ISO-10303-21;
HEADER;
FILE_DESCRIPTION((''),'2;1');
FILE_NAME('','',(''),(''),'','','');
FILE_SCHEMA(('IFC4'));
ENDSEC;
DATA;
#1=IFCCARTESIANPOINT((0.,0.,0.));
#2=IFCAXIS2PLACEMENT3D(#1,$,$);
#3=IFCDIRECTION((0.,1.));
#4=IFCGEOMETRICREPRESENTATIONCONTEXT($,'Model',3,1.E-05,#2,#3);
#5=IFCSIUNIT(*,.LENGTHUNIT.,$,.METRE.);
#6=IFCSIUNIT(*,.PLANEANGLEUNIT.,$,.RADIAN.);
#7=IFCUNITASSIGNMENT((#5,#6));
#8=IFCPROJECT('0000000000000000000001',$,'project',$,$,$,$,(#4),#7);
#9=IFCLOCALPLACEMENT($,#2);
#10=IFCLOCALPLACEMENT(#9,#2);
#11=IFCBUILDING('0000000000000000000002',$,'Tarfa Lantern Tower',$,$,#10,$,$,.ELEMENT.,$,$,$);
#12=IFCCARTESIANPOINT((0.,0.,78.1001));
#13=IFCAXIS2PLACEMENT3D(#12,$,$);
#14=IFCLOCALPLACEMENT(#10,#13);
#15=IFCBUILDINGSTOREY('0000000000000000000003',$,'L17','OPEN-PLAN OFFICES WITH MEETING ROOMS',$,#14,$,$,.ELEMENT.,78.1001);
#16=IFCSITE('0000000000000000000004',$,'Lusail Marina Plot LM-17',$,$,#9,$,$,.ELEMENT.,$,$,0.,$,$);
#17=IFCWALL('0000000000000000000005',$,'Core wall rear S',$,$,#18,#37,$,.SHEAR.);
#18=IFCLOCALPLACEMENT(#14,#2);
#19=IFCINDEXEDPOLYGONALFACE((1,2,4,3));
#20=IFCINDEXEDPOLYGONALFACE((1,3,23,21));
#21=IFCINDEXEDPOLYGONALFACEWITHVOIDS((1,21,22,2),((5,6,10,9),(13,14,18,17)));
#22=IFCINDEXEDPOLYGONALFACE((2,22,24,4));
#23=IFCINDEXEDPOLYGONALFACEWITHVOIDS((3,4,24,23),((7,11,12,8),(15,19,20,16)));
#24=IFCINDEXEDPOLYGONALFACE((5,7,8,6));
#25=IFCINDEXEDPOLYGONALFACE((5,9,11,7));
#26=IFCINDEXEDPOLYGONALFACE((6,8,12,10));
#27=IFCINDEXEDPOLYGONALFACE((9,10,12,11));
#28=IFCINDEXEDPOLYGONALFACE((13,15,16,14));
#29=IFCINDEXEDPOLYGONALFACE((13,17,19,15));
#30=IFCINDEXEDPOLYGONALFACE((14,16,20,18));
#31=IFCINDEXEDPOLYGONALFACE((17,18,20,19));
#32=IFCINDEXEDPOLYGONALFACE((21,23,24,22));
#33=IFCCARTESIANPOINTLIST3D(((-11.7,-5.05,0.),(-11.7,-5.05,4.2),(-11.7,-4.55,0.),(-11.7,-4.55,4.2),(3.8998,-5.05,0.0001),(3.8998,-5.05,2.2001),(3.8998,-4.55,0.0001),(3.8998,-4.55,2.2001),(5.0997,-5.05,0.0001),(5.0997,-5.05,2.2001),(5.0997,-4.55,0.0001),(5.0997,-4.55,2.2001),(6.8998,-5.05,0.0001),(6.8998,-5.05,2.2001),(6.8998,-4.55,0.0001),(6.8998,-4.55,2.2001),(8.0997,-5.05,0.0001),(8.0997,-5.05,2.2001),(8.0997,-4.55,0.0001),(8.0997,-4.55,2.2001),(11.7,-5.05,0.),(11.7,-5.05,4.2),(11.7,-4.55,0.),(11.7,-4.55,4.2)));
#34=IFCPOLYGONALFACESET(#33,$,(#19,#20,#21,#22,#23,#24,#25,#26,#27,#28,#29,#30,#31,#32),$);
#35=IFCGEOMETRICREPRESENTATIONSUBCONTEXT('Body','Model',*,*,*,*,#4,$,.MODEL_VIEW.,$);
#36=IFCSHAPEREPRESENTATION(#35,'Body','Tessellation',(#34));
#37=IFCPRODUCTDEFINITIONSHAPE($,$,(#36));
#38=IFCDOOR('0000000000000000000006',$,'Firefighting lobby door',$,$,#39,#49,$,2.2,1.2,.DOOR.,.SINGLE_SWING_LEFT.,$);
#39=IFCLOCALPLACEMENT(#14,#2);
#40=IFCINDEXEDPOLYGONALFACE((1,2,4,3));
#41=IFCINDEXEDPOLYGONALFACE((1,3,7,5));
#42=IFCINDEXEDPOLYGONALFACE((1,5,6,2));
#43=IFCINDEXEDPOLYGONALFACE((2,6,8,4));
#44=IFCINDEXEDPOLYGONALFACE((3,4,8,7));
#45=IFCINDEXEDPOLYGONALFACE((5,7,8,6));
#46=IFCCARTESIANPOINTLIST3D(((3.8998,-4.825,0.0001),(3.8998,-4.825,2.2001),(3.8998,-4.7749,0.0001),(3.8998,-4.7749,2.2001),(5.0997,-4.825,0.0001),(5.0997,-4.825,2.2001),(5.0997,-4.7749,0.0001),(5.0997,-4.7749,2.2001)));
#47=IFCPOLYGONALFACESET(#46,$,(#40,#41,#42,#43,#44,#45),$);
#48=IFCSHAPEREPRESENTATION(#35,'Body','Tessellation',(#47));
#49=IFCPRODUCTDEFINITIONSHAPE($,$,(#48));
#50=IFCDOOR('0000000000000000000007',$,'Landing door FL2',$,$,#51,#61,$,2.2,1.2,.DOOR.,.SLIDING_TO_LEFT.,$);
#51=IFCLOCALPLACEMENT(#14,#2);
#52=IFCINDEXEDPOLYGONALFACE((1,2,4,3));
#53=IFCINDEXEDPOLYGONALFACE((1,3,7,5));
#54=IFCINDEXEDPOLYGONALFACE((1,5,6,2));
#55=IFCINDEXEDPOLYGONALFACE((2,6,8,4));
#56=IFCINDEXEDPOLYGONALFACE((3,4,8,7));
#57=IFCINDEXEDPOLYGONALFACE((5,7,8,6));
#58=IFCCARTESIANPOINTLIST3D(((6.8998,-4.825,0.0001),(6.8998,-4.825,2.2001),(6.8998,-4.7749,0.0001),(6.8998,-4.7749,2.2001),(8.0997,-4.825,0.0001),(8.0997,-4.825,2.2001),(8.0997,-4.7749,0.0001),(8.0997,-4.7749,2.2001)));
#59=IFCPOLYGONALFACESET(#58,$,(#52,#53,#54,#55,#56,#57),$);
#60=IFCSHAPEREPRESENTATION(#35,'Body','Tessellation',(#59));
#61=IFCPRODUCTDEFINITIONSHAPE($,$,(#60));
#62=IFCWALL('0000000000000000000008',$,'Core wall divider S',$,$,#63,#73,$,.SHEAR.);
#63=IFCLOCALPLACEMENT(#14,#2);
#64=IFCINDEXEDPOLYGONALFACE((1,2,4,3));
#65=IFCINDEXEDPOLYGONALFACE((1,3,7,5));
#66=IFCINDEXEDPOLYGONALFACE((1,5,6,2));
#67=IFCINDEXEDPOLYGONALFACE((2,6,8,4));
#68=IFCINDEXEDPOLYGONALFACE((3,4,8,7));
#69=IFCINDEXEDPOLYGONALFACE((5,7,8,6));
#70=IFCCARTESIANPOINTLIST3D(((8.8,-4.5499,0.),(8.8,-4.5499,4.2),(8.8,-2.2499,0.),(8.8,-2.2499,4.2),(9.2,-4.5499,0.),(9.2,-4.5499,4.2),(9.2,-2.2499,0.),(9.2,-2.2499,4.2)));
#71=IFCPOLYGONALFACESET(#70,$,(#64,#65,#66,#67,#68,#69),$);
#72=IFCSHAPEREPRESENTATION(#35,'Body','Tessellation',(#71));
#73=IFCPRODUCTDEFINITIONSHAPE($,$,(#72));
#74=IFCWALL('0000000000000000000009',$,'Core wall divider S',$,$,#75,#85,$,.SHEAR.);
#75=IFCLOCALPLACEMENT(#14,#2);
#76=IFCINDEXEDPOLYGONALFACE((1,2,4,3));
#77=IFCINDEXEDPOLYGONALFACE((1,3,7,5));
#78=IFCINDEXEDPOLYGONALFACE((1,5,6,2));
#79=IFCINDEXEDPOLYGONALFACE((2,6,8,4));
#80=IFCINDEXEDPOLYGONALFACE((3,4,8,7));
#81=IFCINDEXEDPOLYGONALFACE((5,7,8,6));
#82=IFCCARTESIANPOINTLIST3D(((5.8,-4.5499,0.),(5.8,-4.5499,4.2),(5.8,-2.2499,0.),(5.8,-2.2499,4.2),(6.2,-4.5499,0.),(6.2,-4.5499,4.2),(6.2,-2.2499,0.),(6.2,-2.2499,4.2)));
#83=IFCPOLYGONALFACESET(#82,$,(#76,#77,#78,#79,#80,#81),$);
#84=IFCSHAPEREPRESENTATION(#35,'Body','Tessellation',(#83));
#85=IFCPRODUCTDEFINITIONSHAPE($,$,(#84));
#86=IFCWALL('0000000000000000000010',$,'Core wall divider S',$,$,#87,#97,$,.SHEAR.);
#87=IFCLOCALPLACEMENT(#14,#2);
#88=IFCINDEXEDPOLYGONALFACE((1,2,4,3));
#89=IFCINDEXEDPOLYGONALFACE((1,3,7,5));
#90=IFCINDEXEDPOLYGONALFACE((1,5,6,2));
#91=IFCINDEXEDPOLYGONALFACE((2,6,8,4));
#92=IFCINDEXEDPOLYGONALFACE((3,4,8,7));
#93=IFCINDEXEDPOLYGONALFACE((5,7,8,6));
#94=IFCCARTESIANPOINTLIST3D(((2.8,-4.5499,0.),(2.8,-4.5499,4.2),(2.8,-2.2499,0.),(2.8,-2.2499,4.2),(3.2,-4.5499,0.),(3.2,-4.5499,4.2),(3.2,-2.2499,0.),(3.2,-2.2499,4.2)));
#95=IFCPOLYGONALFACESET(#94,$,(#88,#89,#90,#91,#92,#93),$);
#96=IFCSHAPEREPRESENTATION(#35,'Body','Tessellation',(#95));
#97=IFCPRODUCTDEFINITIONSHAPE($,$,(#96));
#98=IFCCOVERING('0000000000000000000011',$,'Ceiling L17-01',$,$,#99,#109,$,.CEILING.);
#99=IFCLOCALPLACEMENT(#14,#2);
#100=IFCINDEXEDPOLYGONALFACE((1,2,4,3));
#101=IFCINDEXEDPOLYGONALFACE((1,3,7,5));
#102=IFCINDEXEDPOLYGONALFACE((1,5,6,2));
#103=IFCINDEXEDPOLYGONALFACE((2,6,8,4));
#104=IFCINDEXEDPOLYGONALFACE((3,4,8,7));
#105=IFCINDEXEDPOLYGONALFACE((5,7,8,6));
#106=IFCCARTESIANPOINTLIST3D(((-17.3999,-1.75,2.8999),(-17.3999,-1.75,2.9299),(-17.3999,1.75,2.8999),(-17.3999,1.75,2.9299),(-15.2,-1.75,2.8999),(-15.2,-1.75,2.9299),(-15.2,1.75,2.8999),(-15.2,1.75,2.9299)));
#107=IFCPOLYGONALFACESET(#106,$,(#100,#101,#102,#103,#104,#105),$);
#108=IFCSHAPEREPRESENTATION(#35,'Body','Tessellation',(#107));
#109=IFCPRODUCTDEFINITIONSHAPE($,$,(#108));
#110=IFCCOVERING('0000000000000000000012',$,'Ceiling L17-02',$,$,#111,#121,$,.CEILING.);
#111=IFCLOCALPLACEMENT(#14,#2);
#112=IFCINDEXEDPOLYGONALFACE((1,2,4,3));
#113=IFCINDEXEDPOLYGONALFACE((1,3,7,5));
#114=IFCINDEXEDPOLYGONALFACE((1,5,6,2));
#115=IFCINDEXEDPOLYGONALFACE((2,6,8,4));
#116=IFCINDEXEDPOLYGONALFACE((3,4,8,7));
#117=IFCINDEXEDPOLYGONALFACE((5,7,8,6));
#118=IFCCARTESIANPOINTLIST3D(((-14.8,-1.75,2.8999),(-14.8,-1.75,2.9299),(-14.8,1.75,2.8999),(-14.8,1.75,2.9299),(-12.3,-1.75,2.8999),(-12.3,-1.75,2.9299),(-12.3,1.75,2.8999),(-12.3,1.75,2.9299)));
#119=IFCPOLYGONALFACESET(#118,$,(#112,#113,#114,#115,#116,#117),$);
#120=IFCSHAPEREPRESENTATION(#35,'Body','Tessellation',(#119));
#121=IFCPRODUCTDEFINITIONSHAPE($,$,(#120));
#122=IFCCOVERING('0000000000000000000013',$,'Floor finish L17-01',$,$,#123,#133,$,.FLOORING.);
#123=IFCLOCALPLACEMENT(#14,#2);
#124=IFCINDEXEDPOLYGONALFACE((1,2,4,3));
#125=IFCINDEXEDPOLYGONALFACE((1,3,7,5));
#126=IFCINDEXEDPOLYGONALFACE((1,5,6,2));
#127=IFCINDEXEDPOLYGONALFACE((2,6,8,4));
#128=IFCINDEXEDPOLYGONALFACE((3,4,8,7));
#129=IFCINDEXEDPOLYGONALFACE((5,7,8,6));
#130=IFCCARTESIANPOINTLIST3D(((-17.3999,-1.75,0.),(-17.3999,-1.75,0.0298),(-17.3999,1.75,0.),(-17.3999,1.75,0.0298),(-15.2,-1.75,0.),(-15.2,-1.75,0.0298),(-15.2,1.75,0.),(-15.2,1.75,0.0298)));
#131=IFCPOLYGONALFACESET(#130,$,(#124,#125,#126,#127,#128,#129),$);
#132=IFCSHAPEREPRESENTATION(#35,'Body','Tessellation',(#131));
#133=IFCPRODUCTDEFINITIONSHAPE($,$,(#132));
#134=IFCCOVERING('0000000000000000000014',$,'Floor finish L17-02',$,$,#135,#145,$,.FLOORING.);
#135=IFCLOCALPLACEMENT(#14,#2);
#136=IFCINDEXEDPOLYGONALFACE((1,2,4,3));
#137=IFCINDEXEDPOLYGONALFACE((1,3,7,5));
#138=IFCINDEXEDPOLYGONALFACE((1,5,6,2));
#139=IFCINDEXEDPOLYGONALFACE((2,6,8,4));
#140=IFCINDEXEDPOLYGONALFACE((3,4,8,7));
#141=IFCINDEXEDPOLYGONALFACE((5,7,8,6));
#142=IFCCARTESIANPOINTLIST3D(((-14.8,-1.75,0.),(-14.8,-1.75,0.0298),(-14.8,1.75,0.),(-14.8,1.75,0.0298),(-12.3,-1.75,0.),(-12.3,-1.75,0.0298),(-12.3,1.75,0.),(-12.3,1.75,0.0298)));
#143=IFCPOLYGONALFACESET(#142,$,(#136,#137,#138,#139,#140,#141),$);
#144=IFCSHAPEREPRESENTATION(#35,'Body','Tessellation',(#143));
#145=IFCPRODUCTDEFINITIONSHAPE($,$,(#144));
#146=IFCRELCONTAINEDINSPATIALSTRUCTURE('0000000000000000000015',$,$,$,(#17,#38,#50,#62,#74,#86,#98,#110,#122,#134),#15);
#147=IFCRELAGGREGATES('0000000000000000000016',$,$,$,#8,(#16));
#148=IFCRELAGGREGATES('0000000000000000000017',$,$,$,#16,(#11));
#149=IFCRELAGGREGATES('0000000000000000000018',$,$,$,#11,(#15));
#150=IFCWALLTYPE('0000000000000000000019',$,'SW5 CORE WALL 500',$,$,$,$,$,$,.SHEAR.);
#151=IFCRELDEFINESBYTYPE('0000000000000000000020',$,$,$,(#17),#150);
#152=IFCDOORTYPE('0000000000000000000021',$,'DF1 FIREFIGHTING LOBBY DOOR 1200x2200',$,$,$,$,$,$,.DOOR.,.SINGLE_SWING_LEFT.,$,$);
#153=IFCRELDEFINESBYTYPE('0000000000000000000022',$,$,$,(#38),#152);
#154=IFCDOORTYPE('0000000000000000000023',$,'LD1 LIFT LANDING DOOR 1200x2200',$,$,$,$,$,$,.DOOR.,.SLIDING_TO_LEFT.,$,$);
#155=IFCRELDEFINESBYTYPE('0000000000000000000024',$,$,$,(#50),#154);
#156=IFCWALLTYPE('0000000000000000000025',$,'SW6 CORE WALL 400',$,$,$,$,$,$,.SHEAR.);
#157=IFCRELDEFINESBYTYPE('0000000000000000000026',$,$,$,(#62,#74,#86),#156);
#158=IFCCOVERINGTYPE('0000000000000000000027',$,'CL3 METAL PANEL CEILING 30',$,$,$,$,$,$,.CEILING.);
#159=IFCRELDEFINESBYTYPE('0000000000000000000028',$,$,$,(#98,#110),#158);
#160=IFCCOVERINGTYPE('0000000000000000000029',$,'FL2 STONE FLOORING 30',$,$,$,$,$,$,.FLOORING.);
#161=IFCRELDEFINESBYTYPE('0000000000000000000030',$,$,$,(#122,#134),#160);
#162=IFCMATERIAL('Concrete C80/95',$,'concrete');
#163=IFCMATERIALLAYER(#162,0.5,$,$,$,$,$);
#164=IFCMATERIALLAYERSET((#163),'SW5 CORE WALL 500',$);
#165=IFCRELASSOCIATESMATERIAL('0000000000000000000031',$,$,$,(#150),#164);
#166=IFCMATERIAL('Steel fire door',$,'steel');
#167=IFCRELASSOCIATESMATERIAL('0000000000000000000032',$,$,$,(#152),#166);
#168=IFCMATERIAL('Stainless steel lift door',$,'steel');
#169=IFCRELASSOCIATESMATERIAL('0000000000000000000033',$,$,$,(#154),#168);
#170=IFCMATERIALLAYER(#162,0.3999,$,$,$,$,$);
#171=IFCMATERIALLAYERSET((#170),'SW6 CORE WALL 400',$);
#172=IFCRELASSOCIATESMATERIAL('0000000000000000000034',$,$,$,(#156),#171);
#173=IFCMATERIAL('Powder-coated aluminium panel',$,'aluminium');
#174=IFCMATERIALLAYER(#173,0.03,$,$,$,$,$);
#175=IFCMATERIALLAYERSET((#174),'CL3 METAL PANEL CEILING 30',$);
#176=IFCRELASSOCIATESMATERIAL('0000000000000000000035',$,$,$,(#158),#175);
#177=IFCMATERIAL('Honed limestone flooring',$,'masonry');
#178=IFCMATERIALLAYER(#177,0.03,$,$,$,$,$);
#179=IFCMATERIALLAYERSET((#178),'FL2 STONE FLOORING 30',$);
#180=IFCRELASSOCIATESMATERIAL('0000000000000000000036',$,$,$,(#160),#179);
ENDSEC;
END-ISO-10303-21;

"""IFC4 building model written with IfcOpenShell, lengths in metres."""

from ifc_helpers import new_model, si_unit, direction, frame, frame_2d, origin, place, context, subcontext, project, spatial, polyline, rectangle, outline, extrude, material, layer, layer_set, type_object, element, fill, save


model = new_model("IFC4")

# Units and contexts
model_context = context("Model", 3, precision=1e-05, world=origin(), true_north=direction((0.0, 1.0)))
body_context = subcontext(model_context, "Body", "Model", "MODEL_VIEW")
ifc_project = project(units=[si_unit("LENGTHUNIT", "METRE"), si_unit("PLANEANGLEUNIT", "RADIAN")], contexts=[model_context])

# Site, building, storey
site_placement = place(None, origin())
site = spatial("IfcSite", under=ifc_project, at=site_placement, Name="Lusail Marina Plot LM-17", CompositionType="ELEMENT", RefElevation=0.0)
building_placement = place(site_placement, origin())
building = spatial("IfcBuilding", under=site, at=building_placement, Name="Tarfa Lantern Tower", CompositionType="ELEMENT")
storey_placement = place(building_placement, frame((0.0, 0.0, 78.1001)))
storey = spatial("IfcBuildingStorey", under=building, at=storey_placement, Name="L17", Description="OPEN-PLAN OFFICES WITH MEETING ROOMS", CompositionType="ELEMENT", Elevation=78.1001)

# Shared definitions
ifc_material_1 = material(Name="Concrete C80/95", Category="concrete")
ifc_layer_1 = layer(ifc_material_1, 0.5)
ifc_layer_set_1 = layer_set([ifc_layer_1], Name="SW5 CORE WALL 500")
wall_type_1 = type_object("IfcWallType", Name="SW5 CORE WALL 500", PredefinedType="SHEAR", material=ifc_layer_set_1)

# Wall, openings, doors
ifc_material_2 = material(Name="Stainless steel lift door", Category="steel")
wall_1_placement = place(storey_placement, frame((11.7, -4.8, 0.0), z_axis=(0.0, 0.0, 1.0), x_axis=(-1.0, 0.0, 0.0)))
wall_1 = element("IfcWall", 1, at=wall_1_placement, inside=storey, type_object=wall_type_1, Name="Core wall rear S", PredefinedType="SHEAR", context=body_context, shape_type="SweptSolid", body=[
    extrude(rectangle(XDim=23.3999, YDim=0.5, at=frame_2d((11.7, 0.0))), origin(), (0.0, 0.0, 1.0), 4.2),
])
opening_1_placement = place(wall_1_placement, frame((6.6001, 0.0, 0.0)))
opening_1 = element("IfcOpeningElement", 2, at=opening_1_placement, cuts=wall_1, PredefinedType="OPENING", context=body_context, shape_type="SweptSolid", body=[
    extrude(rectangle(XDim=1.2, YDim=2.2, at=frame_2d((0.6001, 1.1001))), frame((0.0, 0.26, 0.0), z_axis=(0.0, -1.0, 0.0), x_axis=(1.0, 0.0, 0.0)), (0.0, 0.0, 1.0), 0.52),
])
opening_2_placement = place(wall_1_placement, frame((3.6001, 0.0, 0.0)))
opening_2 = element("IfcOpeningElement", 3, at=opening_2_placement, cuts=wall_1, PredefinedType="OPENING", context=body_context, shape_type="SweptSolid", body=[
    extrude(rectangle(XDim=1.2, YDim=2.2, at=frame_2d((0.6001, 1.1001))), frame((0.0, 0.26, 0.0), z_axis=(0.0, -1.0, 0.0), x_axis=(1.0, 0.0, 0.0)), (0.0, 0.0, 1.0), 0.52),
])
ifc_material_3 = material(Name="Steel fire door", Category="steel")
door_type_1 = type_object("IfcDoorType", Name="DF1 FIREFIGHTING LOBBY DOOR 1200x2200", OperationType="SINGLE_SWING_LEFT", PredefinedType="DOOR", material=ifc_material_3)
door_1_placement = place(opening_1_placement, origin())
door_1 = element("IfcDoor", 4, at=door_1_placement, inside=storey, type_object=door_type_1, Name="Firefighting lobby door", OperationType="SINGLE_SWING_LEFT", OverallHeight=2.2, OverallWidth=1.2, PredefinedType="DOOR", context=body_context, shape_type="SweptSolid", body=[
    extrude(rectangle(XDim=1.2, YDim=2.2, at=frame_2d((0.6001, 1.1001))), frame((0.0, 0.0249, 0.0), z_axis=(0.0, -1.0, 0.0), x_axis=(1.0, 0.0, 0.0)), (0.0, 0.0, 1.0), 0.05),
])
fill(opening_1, door_1)
door_type_2 = type_object("IfcDoorType", Name="LD1 LIFT LANDING DOOR 1200x2200", OperationType="SLIDING_TO_LEFT", PredefinedType="DOOR", material=ifc_material_2)
door_2_placement = place(opening_2_placement, origin())
door_2 = element("IfcDoor", 5, at=door_2_placement, inside=storey, type_object=door_type_2, Name="Landing door FL2", OperationType="SLIDING_TO_LEFT", OverallHeight=2.2, OverallWidth=1.2, PredefinedType="DOOR", context=body_context, shape_type="SweptSolid", body=[
    extrude(rectangle(XDim=1.2, YDim=2.2, at=frame_2d((0.6001, 1.1001))), frame((0.0, 0.0249, 0.0), z_axis=(0.0, -1.0, 0.0), x_axis=(1.0, 0.0, 0.0)), (0.0, 0.0, 1.0), 0.05),
])
fill(opening_2, door_2)

# Walls
ifc_layer_2 = layer(ifc_material_1, 0.3999)
ifc_layer_set_2 = layer_set([ifc_layer_2], Name="SW6 CORE WALL 400")
wall_type_2 = type_object("IfcWallType", Name="SW6 CORE WALL 400", PredefinedType="SHEAR", material=ifc_layer_set_2)
for number, where, z_axis, x_axis, name in (
    (6, (9.0, -2.25, 0.0), (0.0, 0.0, 1.0), (0.0, -1.0, 0.0), "Core wall divider S"),
    (7, (6.0, -2.25, 0.0), (0.0, 0.0, 1.0), (0.0, -1.0, 0.0), "Core wall divider S"),
    (8, (3.0, -2.25, 0.0), (0.0, 0.0, 1.0), (0.0, -1.0, 0.0), "Core wall divider S"),
):
    element("IfcWall", number, at=place(storey_placement, frame(where, z_axis=z_axis, x_axis=x_axis)), inside=storey, type_object=wall_type_2, Name=name, PredefinedType="SHEAR", context=body_context, shape_type="SweptSolid", body=[
        extrude(rectangle(XDim=2.3, YDim=0.3999, at=frame_2d((1.1499, 0.0))), origin(), (0.0, 0.0, 1.0), 4.2),
    ])

# Coverings
ifc_material_4 = material(Name="Powder-coated aluminium panel", Category="aluminium")
ifc_layer_3 = layer(ifc_material_4, 0.03)
ifc_layer_set_3 = layer_set([ifc_layer_3], Name="CL3 METAL PANEL CEILING 30")
covering_type_1 = type_object("IfcCoveringType", Name="CL3 METAL PANEL CEILING 30", PredefinedType="CEILING", material=ifc_layer_set_3)
covering_1_placement = place(storey_placement, frame((0.0, 0.0, 2.8999)))
element("IfcCovering", 9, at=covering_1_placement, inside=storey, type_object=covering_type_1, Name="Ceiling L17-01", PredefinedType="CEILING", context=body_context, shape_type="SweptSolid", body=[
    extrude(outline(polyline([(-17.3999, -1.75), (-15.2, -1.75), (-15.2, 1.75), (-17.3999, 1.75), (-17.3999, -1.75)])), origin(), (0.0, 0.0, 1.0), 0.03),
])
covering_2_placement = place(storey_placement, frame((0.0, 0.0, 2.8999)))
element("IfcCovering", 10, at=covering_2_placement, inside=storey, type_object=covering_type_1, Name="Ceiling L17-02", PredefinedType="CEILING", context=body_context, shape_type="SweptSolid", body=[
    extrude(outline(polyline([(-14.8, -1.75), (-12.3, -1.75), (-12.3, 1.75), (-14.8, 1.75), (-14.8, -1.75)])), origin(), (0.0, 0.0, 1.0), 0.03),
])
ifc_material_5 = material(Name="Honed limestone flooring", Category="masonry")
ifc_layer_4 = layer(ifc_material_5, 0.03)
ifc_layer_set_4 = layer_set([ifc_layer_4], Name="FL2 STONE FLOORING 30")
covering_type_2 = type_object("IfcCoveringType", Name="FL2 STONE FLOORING 30", PredefinedType="FLOORING", material=ifc_layer_set_4)
covering_3_placement = place(storey_placement, origin())
element("IfcCovering", 11, at=covering_3_placement, inside=storey, type_object=covering_type_2, Name="Floor finish L17-01", PredefinedType="FLOORING", context=body_context, shape_type="SweptSolid", body=[
    extrude(outline(polyline([(-17.3999, -1.75), (-15.2, -1.75), (-15.2, 1.75), (-17.3999, 1.75), (-17.3999, -1.75)])), origin(), (0.0, 0.0, 1.0), 0.0298),
])
covering_4_placement = place(storey_placement, origin())
element("IfcCovering", 12, at=covering_4_placement, inside=storey, type_object=covering_type_2, Name="Floor finish L17-02", PredefinedType="FLOORING", context=body_context, shape_type="SweptSolid", body=[
    extrude(outline(polyline([(-14.8, -1.75), (-12.3, -1.75), (-12.3, 1.75), (-14.8, 1.75), (-14.8, -1.75)])), origin(), (0.0, 0.0, 1.0), 0.0298),
])

save(model, "model.ifc")
